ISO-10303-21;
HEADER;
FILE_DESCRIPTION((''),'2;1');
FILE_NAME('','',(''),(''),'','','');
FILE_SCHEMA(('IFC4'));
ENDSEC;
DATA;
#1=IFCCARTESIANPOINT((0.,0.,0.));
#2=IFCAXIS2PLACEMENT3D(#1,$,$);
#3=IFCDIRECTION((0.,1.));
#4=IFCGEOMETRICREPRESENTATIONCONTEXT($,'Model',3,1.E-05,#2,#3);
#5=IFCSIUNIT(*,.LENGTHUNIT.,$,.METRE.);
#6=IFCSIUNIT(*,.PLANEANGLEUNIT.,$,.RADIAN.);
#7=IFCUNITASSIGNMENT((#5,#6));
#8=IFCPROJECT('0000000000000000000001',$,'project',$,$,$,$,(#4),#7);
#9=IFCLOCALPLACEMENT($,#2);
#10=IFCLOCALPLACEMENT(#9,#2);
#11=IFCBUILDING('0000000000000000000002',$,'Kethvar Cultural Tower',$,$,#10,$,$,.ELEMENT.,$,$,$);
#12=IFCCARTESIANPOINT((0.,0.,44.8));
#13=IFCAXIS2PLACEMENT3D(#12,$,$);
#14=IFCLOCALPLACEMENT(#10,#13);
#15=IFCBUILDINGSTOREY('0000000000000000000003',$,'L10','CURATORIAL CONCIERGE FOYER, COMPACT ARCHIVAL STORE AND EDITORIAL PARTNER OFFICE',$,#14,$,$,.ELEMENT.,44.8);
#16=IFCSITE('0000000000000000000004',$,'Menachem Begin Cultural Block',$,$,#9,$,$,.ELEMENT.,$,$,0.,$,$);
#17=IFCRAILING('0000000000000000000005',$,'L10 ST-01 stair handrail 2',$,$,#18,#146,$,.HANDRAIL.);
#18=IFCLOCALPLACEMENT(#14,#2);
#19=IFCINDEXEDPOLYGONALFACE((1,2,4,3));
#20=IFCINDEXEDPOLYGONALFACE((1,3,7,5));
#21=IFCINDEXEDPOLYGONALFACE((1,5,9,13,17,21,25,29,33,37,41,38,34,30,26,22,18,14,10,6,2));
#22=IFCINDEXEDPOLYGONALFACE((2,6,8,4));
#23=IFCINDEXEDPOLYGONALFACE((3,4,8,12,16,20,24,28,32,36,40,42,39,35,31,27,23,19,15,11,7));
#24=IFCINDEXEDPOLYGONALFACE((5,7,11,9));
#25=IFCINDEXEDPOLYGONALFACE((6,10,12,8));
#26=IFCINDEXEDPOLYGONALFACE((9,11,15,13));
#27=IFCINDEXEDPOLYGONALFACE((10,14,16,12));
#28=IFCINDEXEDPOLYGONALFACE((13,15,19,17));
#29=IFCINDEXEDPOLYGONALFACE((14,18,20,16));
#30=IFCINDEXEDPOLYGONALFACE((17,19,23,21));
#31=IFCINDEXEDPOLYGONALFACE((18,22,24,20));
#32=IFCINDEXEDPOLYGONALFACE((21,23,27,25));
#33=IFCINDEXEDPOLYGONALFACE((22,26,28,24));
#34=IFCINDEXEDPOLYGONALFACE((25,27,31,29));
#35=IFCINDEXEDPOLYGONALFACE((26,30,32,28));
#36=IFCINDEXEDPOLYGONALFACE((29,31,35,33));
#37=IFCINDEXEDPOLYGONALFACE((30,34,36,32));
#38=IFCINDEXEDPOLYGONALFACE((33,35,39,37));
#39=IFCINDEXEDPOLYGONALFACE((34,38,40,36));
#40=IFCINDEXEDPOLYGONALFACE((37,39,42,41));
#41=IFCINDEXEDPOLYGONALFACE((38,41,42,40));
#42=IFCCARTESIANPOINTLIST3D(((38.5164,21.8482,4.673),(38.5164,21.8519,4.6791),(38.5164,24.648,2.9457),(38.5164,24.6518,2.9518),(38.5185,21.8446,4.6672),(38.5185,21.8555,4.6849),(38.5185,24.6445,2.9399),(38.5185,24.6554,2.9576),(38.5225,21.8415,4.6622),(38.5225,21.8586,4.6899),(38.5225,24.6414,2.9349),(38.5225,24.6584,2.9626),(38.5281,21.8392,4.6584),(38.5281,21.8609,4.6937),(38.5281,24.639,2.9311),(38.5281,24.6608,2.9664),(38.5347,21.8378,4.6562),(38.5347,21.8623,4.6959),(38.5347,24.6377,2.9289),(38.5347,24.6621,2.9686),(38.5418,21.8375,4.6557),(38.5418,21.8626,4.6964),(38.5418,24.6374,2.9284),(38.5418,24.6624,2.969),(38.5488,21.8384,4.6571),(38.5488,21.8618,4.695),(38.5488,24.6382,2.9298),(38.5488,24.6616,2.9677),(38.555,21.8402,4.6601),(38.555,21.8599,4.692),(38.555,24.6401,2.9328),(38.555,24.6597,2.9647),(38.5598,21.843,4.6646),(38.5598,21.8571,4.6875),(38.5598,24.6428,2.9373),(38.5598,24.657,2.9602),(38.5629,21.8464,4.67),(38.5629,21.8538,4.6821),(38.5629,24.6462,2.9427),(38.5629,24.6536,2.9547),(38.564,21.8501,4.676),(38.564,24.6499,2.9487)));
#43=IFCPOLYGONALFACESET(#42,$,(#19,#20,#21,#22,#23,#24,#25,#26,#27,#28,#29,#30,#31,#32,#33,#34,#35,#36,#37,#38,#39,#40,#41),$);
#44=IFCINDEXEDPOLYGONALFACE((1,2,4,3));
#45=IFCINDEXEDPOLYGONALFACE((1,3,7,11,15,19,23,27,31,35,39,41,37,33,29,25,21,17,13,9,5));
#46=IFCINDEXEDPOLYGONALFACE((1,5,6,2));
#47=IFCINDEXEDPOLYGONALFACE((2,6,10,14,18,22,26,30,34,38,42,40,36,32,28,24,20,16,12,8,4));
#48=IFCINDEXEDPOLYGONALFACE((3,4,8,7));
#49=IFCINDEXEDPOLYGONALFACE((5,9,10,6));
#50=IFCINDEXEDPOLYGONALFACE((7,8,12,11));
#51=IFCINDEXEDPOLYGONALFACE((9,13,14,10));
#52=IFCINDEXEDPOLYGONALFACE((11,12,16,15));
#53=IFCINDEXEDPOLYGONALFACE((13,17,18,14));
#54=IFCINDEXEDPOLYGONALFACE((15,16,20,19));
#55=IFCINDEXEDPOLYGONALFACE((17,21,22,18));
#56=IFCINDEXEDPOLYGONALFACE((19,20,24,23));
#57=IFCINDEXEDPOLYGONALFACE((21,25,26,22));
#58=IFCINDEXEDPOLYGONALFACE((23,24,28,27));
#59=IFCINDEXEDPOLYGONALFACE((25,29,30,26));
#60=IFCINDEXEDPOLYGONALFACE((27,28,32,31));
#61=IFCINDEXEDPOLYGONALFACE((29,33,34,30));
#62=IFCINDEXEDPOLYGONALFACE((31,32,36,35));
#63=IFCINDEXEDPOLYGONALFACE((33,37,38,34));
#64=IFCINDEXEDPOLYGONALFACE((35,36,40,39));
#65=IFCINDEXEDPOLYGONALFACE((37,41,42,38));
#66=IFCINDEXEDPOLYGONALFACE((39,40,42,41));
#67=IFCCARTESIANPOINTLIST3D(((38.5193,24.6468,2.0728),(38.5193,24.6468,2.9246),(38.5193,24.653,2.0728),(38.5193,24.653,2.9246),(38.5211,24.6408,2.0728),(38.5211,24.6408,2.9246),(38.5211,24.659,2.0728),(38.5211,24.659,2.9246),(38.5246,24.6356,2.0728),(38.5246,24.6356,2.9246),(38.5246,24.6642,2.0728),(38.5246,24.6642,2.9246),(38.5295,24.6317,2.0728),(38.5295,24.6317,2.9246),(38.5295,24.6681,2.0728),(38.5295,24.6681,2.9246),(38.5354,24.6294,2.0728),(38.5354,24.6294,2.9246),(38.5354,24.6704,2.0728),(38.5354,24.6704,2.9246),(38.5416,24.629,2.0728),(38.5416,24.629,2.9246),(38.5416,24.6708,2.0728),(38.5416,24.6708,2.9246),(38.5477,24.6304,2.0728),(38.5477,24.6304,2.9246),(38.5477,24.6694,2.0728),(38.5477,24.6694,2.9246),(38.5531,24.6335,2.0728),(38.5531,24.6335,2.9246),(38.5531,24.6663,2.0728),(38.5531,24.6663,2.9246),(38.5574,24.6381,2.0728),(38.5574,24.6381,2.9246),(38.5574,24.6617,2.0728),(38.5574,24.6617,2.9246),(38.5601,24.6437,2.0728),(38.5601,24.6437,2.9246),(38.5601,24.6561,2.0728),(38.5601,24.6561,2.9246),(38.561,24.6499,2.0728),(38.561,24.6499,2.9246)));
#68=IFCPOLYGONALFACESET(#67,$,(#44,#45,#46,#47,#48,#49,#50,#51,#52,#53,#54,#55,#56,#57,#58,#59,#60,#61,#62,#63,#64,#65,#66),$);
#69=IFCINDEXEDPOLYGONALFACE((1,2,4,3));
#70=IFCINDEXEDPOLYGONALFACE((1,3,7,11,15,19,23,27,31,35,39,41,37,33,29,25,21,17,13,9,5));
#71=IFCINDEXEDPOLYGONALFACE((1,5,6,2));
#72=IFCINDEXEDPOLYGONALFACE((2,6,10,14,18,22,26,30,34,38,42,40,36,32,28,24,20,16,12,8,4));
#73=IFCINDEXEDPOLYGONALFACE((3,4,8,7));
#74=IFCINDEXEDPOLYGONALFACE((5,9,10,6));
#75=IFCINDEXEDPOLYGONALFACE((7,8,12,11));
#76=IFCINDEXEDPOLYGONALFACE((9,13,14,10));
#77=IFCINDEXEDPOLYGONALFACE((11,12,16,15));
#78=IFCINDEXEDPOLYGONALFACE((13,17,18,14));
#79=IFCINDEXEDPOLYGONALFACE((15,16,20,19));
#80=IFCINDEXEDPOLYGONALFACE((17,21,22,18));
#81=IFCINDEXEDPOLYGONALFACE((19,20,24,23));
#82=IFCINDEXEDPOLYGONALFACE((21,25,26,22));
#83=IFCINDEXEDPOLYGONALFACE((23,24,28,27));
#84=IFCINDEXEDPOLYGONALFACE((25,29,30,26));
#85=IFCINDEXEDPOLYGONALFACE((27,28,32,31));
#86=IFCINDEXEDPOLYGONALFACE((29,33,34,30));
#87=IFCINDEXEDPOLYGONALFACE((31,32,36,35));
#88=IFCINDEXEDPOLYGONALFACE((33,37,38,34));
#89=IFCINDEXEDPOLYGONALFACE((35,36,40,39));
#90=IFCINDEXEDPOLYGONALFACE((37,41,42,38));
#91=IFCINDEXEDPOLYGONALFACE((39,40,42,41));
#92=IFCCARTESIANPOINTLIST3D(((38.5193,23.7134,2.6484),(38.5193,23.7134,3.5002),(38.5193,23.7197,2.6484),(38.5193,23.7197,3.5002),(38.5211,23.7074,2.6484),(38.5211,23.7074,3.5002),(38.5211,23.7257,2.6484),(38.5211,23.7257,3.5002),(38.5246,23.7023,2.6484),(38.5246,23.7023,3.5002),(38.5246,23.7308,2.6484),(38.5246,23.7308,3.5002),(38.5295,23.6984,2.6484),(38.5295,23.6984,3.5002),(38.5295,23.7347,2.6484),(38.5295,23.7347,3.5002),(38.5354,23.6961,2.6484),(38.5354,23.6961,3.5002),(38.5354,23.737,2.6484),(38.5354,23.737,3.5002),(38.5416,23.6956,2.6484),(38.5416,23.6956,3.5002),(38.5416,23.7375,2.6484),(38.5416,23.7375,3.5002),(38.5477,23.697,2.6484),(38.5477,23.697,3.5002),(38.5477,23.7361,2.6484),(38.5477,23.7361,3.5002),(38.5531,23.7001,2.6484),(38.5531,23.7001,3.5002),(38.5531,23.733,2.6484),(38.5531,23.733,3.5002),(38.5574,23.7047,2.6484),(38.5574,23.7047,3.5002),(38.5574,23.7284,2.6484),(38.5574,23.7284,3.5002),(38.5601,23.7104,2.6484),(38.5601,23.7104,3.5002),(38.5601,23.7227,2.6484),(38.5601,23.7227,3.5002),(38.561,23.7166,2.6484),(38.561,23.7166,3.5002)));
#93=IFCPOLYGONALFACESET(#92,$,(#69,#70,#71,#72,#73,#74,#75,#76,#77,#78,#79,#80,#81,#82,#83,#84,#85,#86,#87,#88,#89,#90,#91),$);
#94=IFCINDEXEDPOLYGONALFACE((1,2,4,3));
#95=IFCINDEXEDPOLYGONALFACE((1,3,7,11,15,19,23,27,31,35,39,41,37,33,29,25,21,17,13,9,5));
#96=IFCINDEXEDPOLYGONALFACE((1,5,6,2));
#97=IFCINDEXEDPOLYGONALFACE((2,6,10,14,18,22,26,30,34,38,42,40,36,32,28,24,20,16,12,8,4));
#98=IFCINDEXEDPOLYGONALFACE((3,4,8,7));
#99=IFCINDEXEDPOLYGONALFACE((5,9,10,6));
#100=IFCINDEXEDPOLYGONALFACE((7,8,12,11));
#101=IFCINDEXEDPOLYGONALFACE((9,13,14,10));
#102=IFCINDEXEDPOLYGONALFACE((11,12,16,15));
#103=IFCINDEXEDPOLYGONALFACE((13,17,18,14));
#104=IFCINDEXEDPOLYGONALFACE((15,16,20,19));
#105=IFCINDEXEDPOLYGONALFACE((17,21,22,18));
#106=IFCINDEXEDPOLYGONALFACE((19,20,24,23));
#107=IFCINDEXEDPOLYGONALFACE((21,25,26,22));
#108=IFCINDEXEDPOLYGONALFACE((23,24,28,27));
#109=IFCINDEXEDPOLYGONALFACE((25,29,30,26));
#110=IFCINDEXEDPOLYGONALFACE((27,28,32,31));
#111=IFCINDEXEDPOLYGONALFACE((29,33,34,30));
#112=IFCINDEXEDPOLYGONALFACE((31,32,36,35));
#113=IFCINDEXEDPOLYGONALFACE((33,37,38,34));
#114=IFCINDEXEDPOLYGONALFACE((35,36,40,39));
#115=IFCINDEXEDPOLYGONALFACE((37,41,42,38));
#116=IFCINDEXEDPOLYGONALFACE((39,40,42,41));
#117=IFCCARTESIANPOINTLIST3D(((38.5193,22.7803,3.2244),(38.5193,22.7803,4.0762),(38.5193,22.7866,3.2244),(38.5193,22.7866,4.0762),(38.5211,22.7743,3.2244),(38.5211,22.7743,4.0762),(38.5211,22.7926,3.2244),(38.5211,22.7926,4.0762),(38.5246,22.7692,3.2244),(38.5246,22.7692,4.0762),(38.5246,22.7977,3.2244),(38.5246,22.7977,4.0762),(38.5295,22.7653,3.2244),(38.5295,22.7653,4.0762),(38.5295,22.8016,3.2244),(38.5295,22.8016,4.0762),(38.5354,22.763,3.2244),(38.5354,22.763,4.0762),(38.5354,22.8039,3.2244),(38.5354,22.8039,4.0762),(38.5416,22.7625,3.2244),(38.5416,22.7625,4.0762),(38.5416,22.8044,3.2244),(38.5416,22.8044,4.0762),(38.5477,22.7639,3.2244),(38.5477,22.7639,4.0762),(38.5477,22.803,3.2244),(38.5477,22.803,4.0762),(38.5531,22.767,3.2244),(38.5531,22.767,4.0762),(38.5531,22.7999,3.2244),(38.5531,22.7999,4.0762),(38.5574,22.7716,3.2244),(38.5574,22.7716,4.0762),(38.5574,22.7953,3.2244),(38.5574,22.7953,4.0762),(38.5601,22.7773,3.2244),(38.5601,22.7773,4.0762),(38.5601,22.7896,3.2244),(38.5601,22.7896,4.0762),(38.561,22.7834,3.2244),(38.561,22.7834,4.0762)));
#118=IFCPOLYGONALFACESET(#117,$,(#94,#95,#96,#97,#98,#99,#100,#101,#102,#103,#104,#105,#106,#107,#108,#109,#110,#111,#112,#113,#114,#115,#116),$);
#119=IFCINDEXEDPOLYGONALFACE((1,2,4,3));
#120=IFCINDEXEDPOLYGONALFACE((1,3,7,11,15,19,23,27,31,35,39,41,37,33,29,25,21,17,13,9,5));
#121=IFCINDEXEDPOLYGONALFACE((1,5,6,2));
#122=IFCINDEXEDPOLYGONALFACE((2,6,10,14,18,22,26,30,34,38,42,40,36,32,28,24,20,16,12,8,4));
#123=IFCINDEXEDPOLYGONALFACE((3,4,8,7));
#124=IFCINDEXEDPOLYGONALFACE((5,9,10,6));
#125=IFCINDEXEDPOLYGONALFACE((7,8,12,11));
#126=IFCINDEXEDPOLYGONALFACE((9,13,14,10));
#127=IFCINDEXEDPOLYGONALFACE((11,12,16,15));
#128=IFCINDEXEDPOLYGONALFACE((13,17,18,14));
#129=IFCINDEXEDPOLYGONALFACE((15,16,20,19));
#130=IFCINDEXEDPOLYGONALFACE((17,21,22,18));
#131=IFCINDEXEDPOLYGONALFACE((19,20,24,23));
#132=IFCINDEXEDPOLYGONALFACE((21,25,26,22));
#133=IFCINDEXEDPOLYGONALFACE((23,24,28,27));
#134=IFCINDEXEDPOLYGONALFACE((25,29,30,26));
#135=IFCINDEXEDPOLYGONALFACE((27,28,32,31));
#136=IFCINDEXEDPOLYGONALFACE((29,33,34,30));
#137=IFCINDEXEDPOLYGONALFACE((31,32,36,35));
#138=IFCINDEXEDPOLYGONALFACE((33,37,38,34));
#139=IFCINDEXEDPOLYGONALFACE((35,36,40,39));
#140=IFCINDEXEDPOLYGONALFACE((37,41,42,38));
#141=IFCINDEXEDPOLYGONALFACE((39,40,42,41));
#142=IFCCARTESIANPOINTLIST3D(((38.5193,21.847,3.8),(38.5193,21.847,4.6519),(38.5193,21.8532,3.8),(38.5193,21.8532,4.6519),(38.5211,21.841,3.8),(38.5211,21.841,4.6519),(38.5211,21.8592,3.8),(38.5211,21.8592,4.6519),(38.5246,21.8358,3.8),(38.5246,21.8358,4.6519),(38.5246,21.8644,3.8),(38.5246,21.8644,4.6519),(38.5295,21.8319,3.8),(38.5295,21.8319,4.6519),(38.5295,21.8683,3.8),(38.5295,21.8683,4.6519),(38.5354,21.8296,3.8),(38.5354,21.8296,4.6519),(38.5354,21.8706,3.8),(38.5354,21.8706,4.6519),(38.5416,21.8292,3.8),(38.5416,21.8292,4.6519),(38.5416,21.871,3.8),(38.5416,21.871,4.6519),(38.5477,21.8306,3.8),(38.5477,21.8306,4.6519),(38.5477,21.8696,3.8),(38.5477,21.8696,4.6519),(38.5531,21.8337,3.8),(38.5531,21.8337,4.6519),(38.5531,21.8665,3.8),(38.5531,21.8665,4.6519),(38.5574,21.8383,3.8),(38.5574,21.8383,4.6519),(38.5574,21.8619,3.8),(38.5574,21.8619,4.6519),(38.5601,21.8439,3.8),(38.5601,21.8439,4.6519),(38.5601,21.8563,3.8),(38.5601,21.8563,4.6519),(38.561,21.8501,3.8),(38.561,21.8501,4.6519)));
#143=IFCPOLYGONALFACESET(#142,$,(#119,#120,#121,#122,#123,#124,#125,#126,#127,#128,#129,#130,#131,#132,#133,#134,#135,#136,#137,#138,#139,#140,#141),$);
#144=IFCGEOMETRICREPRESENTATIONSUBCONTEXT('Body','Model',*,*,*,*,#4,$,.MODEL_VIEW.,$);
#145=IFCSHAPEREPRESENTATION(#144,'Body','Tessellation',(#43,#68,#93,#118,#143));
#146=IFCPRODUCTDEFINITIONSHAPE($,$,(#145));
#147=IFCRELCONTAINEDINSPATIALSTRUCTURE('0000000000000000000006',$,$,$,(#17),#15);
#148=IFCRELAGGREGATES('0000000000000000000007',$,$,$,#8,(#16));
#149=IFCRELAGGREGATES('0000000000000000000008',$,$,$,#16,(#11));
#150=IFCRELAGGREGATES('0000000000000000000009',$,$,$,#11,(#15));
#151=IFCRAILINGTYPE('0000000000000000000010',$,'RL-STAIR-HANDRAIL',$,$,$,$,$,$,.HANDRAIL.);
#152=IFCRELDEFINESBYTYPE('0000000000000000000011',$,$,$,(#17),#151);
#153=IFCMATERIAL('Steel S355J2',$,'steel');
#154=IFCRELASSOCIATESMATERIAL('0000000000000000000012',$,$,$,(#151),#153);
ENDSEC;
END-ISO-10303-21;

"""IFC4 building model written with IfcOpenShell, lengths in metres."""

from ifc_helpers import new_model, si_unit, direction, frame, origin, origin_2d, place, context, subcontext, project, spatial, circle, extrude, material, type_object, element, save


model = new_model("IFC4")

# Units and contexts
model_context = context("Model", 3, precision=1e-05, world=origin(), true_north=direction((0.0, 1.0)))
body_context = subcontext(model_context, "Body", "Model", "MODEL_VIEW")
ifc_project = project(units=[si_unit("LENGTHUNIT", "METRE"), si_unit("PLANEANGLEUNIT", "RADIAN")], contexts=[model_context])

# Site, building, storey
site_placement = place(None, origin())
site = spatial("IfcSite", under=ifc_project, at=site_placement, Name="Menachem Begin Cultural Block", CompositionType="ELEMENT", RefElevation=0.0)
building_placement = place(site_placement, origin())
building = spatial("IfcBuilding", under=site, at=building_placement, Name="Kethvar Cultural Tower", CompositionType="ELEMENT")
storey_placement = place(building_placement, frame((0.0, 0.0, 44.8)))
storey = spatial("IfcBuildingStorey", under=building, at=storey_placement, Name="L10", Description="CURATORIAL CONCIERGE FOYER, COMPACT ARCHIVAL STORE AND EDITORIAL PARTNER OFFICE", CompositionType="ELEMENT", Elevation=44.8)

# Shared definitions
ifc_material_1 = material(Name="Steel S355J2", Category="steel")

# Railing
railing_type_1 = type_object("IfcRailingType", Name="RL-STAIR-HANDRAIL", PredefinedType="HANDRAIL", material=ifc_material_1)
railing_1_placement = place(storey_placement, frame((38.54, 24.6499, 2.0728)))
element("IfcRailing", 1, at=railing_1_placement, inside=storey, type_object=railing_type_1, Name="L10 ST-01 stair handrail 2", PredefinedType="HANDRAIL", context=body_context, shape_type="SweptSolid", body=[
    extrude(circle(Radius=0.0239, at=origin_2d()), frame((0.0, 0.0, 0.876), z_axis=(0.0, -0.851069, 0.525054), x_axis=(1.0, 0.0, 0.0)), (0.0, 0.0, 1.0), 3.2898),
    extrude(circle(Radius=0.021, at=origin_2d()), origin(), (0.0, 0.0, 1.0), 0.8518),
    extrude(circle(Radius=0.021, at=origin_2d()), frame((0.0, -0.9333, 0.5757)), (0.0, 0.0, 1.0), 0.8518),
    extrude(circle(Radius=0.021, at=origin_2d()), frame((0.0, -1.8665, 1.1516)), (0.0, 0.0, 1.0), 0.8518),
    extrude(circle(Radius=0.021, at=origin_2d()), frame((0.0, -2.7998, 1.7273)), (0.0, 0.0, 1.0), 0.8518),
])

save(model, "model.ifc")
